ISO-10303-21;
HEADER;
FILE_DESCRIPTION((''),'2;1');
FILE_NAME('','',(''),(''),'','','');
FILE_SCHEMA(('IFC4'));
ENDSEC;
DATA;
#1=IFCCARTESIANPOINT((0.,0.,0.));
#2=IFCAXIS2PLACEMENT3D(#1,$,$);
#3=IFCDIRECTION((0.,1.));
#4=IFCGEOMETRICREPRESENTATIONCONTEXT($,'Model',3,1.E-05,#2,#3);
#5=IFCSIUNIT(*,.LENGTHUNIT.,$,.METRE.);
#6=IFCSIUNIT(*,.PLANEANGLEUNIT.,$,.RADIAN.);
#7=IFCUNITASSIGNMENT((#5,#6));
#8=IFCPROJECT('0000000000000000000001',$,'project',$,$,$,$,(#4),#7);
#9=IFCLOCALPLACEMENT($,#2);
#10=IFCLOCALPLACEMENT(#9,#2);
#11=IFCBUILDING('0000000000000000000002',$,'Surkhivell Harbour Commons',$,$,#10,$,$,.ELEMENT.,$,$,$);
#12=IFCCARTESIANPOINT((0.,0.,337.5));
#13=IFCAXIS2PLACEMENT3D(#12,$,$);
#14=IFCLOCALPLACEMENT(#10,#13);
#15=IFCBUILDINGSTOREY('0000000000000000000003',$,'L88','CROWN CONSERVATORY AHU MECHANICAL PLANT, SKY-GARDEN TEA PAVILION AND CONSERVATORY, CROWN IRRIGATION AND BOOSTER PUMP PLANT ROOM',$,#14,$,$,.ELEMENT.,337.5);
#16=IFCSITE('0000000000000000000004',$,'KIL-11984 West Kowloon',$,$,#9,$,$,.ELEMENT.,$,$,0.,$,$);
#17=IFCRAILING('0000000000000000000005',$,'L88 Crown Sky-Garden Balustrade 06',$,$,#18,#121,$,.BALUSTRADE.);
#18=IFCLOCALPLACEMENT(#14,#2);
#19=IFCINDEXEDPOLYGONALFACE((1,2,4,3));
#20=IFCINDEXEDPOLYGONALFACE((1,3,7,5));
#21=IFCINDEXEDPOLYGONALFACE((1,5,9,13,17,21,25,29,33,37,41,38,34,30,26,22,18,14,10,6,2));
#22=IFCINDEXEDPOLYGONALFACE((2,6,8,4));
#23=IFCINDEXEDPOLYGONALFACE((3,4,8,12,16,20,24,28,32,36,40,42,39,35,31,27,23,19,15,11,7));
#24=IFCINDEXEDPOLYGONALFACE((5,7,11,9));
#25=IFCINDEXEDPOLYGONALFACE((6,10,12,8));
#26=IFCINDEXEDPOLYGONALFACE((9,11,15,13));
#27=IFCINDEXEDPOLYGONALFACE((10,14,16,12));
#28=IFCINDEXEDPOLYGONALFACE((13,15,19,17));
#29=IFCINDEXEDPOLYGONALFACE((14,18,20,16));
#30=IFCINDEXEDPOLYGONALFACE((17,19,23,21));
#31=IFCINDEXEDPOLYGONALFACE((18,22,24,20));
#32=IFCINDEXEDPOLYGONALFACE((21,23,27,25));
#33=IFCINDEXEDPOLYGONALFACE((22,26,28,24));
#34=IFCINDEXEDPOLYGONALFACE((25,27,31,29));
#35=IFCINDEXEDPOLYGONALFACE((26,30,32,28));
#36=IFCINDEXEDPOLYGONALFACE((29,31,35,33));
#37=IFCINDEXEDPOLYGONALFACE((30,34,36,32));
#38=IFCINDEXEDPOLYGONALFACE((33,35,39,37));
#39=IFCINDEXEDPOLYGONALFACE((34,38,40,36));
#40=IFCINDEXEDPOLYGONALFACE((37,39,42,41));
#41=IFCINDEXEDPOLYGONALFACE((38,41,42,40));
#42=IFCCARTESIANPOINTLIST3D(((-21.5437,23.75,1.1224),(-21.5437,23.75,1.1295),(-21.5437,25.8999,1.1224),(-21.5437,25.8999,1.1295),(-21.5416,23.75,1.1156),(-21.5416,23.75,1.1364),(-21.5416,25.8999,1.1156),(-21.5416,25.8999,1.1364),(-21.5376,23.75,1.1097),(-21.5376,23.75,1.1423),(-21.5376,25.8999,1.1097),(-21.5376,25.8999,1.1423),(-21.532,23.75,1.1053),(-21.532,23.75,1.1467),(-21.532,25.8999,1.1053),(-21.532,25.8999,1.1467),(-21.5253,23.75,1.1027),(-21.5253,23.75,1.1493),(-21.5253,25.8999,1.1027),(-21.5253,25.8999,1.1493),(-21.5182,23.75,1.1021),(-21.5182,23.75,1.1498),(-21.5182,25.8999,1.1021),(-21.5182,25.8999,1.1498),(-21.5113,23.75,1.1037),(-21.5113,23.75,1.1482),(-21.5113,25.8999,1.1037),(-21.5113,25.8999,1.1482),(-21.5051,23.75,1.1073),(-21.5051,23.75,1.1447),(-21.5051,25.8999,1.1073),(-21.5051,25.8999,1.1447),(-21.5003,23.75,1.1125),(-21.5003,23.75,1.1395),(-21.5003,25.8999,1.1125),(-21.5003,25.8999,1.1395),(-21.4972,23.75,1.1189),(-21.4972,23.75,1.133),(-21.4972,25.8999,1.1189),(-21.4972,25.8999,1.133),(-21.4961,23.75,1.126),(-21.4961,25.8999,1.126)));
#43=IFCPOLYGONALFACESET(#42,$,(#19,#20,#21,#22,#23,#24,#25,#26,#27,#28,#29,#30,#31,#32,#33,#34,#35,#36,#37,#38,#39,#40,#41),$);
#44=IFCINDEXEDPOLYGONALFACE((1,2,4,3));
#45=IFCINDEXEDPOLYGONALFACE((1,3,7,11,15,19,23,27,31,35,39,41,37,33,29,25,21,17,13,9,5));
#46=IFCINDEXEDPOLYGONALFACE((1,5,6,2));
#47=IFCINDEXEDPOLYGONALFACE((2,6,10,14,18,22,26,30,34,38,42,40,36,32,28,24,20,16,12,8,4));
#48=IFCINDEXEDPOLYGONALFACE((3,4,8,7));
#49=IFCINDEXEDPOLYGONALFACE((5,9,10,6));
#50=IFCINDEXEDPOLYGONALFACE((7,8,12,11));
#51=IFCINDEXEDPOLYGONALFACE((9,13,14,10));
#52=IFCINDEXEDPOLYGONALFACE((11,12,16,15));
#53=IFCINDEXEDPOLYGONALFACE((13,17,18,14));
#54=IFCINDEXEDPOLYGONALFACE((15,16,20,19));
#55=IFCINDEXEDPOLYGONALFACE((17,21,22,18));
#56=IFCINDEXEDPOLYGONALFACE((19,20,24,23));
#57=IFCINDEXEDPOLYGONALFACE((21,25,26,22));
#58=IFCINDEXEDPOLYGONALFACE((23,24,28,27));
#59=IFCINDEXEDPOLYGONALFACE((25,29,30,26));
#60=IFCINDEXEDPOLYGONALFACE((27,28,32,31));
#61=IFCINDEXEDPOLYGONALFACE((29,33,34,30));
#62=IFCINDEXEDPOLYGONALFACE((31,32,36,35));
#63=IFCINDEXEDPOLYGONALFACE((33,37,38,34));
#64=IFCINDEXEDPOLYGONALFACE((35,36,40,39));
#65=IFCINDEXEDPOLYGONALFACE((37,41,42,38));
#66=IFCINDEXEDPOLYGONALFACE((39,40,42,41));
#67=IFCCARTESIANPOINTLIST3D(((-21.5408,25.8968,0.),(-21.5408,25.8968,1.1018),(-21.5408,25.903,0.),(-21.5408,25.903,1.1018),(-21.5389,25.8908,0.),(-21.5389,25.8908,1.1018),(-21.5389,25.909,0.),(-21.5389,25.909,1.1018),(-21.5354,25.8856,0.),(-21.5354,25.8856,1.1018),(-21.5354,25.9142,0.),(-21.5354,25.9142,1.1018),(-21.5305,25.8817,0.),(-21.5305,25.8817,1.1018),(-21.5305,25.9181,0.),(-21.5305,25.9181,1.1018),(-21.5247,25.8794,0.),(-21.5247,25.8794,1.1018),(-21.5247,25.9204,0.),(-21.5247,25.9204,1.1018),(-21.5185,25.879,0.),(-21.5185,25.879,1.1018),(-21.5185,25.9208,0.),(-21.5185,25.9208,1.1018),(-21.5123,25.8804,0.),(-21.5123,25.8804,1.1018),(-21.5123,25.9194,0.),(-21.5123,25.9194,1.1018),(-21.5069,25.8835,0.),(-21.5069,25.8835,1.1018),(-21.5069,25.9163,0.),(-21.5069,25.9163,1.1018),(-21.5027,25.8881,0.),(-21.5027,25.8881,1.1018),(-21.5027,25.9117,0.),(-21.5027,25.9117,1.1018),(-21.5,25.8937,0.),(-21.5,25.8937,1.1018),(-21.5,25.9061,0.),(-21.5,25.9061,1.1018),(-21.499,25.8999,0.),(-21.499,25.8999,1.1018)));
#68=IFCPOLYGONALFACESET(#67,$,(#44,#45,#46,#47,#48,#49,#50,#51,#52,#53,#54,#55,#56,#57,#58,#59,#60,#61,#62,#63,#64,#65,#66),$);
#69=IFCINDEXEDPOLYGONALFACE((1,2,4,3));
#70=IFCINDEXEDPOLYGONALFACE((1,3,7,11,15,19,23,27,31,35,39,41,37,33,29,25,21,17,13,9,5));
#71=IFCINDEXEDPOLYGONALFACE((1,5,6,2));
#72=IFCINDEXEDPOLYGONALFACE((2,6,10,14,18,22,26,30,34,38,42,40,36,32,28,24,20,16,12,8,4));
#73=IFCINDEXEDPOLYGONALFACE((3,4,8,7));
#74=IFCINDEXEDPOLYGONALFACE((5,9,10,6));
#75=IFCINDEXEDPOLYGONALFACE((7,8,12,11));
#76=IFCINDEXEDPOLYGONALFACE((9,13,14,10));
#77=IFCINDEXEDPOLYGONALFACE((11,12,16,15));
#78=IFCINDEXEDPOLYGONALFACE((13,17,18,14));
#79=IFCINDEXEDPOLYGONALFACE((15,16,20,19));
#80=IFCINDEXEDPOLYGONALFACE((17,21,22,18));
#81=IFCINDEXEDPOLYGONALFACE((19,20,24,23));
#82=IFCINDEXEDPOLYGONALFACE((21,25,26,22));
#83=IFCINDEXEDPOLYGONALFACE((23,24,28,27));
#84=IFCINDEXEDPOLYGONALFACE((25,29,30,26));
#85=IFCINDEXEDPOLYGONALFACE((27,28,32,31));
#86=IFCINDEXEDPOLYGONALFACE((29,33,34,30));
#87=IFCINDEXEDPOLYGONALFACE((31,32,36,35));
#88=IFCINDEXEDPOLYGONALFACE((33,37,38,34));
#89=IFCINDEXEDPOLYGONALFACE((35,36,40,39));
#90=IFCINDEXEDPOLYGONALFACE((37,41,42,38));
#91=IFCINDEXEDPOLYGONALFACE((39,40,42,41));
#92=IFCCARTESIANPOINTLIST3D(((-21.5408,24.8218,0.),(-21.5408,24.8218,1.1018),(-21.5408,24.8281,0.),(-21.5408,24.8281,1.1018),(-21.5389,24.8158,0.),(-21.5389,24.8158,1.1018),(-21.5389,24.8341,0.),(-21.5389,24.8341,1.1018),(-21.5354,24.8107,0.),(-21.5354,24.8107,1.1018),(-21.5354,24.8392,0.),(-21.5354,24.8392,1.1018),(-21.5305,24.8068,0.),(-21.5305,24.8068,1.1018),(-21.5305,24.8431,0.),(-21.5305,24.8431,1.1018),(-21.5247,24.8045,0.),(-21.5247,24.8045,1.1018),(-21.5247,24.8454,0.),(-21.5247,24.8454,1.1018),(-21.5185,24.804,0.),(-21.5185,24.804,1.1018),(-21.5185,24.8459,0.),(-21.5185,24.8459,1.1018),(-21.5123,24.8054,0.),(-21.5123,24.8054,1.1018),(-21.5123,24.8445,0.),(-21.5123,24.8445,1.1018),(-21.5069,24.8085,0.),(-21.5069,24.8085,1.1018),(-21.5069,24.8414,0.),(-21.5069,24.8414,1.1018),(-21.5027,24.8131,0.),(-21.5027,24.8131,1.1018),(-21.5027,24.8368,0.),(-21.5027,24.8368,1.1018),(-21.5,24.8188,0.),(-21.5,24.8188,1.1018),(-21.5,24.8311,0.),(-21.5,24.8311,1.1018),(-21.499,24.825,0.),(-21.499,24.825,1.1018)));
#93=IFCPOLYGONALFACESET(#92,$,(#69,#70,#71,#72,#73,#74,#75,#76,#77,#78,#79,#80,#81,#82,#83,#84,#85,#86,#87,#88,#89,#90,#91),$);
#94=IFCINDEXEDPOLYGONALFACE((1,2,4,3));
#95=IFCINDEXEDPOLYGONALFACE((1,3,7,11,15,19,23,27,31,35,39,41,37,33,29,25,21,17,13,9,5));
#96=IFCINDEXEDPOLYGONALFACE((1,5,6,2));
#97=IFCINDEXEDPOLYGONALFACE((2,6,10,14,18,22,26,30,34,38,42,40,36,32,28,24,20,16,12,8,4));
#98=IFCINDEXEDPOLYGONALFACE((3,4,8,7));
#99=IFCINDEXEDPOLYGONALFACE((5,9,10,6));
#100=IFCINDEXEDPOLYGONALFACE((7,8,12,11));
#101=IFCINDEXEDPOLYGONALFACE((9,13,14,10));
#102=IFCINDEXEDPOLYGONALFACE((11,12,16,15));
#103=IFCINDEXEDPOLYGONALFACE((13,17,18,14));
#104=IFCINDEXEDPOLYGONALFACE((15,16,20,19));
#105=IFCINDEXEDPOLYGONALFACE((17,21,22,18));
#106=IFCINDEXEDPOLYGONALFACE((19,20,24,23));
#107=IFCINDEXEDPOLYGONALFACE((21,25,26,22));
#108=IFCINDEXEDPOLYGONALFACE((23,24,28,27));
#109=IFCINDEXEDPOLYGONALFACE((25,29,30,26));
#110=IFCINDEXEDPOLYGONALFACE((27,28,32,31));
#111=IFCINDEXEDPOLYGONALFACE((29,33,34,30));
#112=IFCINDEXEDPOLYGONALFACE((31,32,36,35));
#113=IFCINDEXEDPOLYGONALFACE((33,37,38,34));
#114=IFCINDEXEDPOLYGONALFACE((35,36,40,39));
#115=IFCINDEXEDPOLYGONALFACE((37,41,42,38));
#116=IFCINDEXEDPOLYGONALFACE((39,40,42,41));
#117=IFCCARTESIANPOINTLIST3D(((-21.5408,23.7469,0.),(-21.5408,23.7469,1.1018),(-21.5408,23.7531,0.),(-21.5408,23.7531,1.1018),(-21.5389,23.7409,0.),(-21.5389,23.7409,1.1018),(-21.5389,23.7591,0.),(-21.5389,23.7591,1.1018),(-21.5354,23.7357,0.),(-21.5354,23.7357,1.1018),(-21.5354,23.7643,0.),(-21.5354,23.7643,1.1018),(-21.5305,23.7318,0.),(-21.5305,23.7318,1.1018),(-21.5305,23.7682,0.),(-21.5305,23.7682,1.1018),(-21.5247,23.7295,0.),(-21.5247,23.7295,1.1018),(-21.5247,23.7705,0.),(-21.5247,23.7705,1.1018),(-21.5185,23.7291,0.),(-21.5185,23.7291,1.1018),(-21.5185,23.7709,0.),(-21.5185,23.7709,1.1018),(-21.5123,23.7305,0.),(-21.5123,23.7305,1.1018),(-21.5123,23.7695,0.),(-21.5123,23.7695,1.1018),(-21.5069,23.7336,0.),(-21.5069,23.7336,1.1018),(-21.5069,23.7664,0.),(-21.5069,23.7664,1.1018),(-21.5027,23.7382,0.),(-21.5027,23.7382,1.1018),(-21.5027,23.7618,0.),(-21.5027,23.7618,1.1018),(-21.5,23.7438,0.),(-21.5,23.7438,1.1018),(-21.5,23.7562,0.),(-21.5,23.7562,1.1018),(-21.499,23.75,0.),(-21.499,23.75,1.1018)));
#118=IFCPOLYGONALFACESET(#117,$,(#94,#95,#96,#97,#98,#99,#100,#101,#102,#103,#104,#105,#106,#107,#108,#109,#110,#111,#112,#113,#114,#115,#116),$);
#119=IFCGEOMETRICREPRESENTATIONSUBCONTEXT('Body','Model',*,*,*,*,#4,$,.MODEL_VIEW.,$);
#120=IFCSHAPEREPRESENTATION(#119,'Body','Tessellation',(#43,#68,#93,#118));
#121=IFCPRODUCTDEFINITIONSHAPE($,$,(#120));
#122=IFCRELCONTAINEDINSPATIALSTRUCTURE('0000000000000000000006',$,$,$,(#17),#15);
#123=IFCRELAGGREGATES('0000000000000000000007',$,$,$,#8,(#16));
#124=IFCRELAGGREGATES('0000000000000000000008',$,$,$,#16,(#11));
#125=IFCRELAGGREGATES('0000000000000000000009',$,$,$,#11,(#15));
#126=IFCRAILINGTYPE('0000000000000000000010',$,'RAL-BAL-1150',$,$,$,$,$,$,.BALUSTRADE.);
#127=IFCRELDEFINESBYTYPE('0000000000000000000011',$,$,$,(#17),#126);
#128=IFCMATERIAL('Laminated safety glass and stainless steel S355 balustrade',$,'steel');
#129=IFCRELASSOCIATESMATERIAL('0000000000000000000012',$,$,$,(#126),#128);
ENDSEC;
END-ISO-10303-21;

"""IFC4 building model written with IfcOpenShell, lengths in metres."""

from ifc_helpers import new_model, si_unit, direction, frame, origin, origin_2d, place, context, subcontext, project, spatial, circle, extrude, material, type_object, element, save


model = new_model("IFC4")

# Units and contexts
model_context = context("Model", 3, precision=1e-05, world=origin(), true_north=direction((0.0, 1.0)))
body_context = subcontext(model_context, "Body", "Model", "MODEL_VIEW")
ifc_project = project(units=[si_unit("LENGTHUNIT", "METRE"), si_unit("PLANEANGLEUNIT", "RADIAN")], contexts=[model_context])

# Site, building, storey
site_placement = place(None, origin())
site = spatial("IfcSite", under=ifc_project, at=site_placement, Name="KIL-11984 West Kowloon", CompositionType="ELEMENT", RefElevation=0.0)
building_placement = place(site_placement, origin())
building = spatial("IfcBuilding", under=site, at=building_placement, Name="Surkhivell Harbour Commons", CompositionType="ELEMENT")
storey_placement = place(building_placement, frame((0.0, 0.0, 337.5)))
storey = spatial("IfcBuildingStorey", under=building, at=storey_placement, Name="L88", Description="CROWN CONSERVATORY AHU MECHANICAL PLANT, SKY-GARDEN TEA PAVILION AND CONSERVATORY, CROWN IRRIGATION AND BOOSTER PUMP PLANT ROOM", CompositionType="ELEMENT", Elevation=337.5)

# Railing
ifc_material_1 = material(Name="Laminated safety glass and stainless steel S355 balustrade", Category="steel")
railing_type = type_object("IfcRailingType", Name="RAL-BAL-1150", PredefinedType="BALUSTRADE", material=ifc_material_1)
railing_1_placement = place(storey_placement, frame((-21.52, 25.8999, 0.0)))
element("IfcRailing", 1, at=railing_1_placement, inside=storey, type_object=railing_type, Name="L88 Crown Sky-Garden Balustrade 06", PredefinedType="BALUSTRADE", context=body_context, shape_type="SweptSolid", body=[
    extrude(circle(Radius=0.0239, at=origin_2d()), frame((0.0, 0.0, 1.126), z_axis=(0.0, -1.0, 0.0), x_axis=(1.0, 0.0, 0.0)), (0.0, 0.0, 1.0), 2.1499),
    extrude(circle(Radius=0.021, at=origin_2d()), origin(), (0.0, 0.0, 1.0), 1.1018),
    extrude(circle(Radius=0.021, at=origin_2d()), frame((0.0, -1.075, 0.0)), (0.0, 0.0, 1.0), 1.1018),
    extrude(circle(Radius=0.021, at=origin_2d()), frame((0.0, -2.1499, 0.0)), (0.0, 0.0, 1.0), 1.1018),
])

save(model, "model.ifc")
